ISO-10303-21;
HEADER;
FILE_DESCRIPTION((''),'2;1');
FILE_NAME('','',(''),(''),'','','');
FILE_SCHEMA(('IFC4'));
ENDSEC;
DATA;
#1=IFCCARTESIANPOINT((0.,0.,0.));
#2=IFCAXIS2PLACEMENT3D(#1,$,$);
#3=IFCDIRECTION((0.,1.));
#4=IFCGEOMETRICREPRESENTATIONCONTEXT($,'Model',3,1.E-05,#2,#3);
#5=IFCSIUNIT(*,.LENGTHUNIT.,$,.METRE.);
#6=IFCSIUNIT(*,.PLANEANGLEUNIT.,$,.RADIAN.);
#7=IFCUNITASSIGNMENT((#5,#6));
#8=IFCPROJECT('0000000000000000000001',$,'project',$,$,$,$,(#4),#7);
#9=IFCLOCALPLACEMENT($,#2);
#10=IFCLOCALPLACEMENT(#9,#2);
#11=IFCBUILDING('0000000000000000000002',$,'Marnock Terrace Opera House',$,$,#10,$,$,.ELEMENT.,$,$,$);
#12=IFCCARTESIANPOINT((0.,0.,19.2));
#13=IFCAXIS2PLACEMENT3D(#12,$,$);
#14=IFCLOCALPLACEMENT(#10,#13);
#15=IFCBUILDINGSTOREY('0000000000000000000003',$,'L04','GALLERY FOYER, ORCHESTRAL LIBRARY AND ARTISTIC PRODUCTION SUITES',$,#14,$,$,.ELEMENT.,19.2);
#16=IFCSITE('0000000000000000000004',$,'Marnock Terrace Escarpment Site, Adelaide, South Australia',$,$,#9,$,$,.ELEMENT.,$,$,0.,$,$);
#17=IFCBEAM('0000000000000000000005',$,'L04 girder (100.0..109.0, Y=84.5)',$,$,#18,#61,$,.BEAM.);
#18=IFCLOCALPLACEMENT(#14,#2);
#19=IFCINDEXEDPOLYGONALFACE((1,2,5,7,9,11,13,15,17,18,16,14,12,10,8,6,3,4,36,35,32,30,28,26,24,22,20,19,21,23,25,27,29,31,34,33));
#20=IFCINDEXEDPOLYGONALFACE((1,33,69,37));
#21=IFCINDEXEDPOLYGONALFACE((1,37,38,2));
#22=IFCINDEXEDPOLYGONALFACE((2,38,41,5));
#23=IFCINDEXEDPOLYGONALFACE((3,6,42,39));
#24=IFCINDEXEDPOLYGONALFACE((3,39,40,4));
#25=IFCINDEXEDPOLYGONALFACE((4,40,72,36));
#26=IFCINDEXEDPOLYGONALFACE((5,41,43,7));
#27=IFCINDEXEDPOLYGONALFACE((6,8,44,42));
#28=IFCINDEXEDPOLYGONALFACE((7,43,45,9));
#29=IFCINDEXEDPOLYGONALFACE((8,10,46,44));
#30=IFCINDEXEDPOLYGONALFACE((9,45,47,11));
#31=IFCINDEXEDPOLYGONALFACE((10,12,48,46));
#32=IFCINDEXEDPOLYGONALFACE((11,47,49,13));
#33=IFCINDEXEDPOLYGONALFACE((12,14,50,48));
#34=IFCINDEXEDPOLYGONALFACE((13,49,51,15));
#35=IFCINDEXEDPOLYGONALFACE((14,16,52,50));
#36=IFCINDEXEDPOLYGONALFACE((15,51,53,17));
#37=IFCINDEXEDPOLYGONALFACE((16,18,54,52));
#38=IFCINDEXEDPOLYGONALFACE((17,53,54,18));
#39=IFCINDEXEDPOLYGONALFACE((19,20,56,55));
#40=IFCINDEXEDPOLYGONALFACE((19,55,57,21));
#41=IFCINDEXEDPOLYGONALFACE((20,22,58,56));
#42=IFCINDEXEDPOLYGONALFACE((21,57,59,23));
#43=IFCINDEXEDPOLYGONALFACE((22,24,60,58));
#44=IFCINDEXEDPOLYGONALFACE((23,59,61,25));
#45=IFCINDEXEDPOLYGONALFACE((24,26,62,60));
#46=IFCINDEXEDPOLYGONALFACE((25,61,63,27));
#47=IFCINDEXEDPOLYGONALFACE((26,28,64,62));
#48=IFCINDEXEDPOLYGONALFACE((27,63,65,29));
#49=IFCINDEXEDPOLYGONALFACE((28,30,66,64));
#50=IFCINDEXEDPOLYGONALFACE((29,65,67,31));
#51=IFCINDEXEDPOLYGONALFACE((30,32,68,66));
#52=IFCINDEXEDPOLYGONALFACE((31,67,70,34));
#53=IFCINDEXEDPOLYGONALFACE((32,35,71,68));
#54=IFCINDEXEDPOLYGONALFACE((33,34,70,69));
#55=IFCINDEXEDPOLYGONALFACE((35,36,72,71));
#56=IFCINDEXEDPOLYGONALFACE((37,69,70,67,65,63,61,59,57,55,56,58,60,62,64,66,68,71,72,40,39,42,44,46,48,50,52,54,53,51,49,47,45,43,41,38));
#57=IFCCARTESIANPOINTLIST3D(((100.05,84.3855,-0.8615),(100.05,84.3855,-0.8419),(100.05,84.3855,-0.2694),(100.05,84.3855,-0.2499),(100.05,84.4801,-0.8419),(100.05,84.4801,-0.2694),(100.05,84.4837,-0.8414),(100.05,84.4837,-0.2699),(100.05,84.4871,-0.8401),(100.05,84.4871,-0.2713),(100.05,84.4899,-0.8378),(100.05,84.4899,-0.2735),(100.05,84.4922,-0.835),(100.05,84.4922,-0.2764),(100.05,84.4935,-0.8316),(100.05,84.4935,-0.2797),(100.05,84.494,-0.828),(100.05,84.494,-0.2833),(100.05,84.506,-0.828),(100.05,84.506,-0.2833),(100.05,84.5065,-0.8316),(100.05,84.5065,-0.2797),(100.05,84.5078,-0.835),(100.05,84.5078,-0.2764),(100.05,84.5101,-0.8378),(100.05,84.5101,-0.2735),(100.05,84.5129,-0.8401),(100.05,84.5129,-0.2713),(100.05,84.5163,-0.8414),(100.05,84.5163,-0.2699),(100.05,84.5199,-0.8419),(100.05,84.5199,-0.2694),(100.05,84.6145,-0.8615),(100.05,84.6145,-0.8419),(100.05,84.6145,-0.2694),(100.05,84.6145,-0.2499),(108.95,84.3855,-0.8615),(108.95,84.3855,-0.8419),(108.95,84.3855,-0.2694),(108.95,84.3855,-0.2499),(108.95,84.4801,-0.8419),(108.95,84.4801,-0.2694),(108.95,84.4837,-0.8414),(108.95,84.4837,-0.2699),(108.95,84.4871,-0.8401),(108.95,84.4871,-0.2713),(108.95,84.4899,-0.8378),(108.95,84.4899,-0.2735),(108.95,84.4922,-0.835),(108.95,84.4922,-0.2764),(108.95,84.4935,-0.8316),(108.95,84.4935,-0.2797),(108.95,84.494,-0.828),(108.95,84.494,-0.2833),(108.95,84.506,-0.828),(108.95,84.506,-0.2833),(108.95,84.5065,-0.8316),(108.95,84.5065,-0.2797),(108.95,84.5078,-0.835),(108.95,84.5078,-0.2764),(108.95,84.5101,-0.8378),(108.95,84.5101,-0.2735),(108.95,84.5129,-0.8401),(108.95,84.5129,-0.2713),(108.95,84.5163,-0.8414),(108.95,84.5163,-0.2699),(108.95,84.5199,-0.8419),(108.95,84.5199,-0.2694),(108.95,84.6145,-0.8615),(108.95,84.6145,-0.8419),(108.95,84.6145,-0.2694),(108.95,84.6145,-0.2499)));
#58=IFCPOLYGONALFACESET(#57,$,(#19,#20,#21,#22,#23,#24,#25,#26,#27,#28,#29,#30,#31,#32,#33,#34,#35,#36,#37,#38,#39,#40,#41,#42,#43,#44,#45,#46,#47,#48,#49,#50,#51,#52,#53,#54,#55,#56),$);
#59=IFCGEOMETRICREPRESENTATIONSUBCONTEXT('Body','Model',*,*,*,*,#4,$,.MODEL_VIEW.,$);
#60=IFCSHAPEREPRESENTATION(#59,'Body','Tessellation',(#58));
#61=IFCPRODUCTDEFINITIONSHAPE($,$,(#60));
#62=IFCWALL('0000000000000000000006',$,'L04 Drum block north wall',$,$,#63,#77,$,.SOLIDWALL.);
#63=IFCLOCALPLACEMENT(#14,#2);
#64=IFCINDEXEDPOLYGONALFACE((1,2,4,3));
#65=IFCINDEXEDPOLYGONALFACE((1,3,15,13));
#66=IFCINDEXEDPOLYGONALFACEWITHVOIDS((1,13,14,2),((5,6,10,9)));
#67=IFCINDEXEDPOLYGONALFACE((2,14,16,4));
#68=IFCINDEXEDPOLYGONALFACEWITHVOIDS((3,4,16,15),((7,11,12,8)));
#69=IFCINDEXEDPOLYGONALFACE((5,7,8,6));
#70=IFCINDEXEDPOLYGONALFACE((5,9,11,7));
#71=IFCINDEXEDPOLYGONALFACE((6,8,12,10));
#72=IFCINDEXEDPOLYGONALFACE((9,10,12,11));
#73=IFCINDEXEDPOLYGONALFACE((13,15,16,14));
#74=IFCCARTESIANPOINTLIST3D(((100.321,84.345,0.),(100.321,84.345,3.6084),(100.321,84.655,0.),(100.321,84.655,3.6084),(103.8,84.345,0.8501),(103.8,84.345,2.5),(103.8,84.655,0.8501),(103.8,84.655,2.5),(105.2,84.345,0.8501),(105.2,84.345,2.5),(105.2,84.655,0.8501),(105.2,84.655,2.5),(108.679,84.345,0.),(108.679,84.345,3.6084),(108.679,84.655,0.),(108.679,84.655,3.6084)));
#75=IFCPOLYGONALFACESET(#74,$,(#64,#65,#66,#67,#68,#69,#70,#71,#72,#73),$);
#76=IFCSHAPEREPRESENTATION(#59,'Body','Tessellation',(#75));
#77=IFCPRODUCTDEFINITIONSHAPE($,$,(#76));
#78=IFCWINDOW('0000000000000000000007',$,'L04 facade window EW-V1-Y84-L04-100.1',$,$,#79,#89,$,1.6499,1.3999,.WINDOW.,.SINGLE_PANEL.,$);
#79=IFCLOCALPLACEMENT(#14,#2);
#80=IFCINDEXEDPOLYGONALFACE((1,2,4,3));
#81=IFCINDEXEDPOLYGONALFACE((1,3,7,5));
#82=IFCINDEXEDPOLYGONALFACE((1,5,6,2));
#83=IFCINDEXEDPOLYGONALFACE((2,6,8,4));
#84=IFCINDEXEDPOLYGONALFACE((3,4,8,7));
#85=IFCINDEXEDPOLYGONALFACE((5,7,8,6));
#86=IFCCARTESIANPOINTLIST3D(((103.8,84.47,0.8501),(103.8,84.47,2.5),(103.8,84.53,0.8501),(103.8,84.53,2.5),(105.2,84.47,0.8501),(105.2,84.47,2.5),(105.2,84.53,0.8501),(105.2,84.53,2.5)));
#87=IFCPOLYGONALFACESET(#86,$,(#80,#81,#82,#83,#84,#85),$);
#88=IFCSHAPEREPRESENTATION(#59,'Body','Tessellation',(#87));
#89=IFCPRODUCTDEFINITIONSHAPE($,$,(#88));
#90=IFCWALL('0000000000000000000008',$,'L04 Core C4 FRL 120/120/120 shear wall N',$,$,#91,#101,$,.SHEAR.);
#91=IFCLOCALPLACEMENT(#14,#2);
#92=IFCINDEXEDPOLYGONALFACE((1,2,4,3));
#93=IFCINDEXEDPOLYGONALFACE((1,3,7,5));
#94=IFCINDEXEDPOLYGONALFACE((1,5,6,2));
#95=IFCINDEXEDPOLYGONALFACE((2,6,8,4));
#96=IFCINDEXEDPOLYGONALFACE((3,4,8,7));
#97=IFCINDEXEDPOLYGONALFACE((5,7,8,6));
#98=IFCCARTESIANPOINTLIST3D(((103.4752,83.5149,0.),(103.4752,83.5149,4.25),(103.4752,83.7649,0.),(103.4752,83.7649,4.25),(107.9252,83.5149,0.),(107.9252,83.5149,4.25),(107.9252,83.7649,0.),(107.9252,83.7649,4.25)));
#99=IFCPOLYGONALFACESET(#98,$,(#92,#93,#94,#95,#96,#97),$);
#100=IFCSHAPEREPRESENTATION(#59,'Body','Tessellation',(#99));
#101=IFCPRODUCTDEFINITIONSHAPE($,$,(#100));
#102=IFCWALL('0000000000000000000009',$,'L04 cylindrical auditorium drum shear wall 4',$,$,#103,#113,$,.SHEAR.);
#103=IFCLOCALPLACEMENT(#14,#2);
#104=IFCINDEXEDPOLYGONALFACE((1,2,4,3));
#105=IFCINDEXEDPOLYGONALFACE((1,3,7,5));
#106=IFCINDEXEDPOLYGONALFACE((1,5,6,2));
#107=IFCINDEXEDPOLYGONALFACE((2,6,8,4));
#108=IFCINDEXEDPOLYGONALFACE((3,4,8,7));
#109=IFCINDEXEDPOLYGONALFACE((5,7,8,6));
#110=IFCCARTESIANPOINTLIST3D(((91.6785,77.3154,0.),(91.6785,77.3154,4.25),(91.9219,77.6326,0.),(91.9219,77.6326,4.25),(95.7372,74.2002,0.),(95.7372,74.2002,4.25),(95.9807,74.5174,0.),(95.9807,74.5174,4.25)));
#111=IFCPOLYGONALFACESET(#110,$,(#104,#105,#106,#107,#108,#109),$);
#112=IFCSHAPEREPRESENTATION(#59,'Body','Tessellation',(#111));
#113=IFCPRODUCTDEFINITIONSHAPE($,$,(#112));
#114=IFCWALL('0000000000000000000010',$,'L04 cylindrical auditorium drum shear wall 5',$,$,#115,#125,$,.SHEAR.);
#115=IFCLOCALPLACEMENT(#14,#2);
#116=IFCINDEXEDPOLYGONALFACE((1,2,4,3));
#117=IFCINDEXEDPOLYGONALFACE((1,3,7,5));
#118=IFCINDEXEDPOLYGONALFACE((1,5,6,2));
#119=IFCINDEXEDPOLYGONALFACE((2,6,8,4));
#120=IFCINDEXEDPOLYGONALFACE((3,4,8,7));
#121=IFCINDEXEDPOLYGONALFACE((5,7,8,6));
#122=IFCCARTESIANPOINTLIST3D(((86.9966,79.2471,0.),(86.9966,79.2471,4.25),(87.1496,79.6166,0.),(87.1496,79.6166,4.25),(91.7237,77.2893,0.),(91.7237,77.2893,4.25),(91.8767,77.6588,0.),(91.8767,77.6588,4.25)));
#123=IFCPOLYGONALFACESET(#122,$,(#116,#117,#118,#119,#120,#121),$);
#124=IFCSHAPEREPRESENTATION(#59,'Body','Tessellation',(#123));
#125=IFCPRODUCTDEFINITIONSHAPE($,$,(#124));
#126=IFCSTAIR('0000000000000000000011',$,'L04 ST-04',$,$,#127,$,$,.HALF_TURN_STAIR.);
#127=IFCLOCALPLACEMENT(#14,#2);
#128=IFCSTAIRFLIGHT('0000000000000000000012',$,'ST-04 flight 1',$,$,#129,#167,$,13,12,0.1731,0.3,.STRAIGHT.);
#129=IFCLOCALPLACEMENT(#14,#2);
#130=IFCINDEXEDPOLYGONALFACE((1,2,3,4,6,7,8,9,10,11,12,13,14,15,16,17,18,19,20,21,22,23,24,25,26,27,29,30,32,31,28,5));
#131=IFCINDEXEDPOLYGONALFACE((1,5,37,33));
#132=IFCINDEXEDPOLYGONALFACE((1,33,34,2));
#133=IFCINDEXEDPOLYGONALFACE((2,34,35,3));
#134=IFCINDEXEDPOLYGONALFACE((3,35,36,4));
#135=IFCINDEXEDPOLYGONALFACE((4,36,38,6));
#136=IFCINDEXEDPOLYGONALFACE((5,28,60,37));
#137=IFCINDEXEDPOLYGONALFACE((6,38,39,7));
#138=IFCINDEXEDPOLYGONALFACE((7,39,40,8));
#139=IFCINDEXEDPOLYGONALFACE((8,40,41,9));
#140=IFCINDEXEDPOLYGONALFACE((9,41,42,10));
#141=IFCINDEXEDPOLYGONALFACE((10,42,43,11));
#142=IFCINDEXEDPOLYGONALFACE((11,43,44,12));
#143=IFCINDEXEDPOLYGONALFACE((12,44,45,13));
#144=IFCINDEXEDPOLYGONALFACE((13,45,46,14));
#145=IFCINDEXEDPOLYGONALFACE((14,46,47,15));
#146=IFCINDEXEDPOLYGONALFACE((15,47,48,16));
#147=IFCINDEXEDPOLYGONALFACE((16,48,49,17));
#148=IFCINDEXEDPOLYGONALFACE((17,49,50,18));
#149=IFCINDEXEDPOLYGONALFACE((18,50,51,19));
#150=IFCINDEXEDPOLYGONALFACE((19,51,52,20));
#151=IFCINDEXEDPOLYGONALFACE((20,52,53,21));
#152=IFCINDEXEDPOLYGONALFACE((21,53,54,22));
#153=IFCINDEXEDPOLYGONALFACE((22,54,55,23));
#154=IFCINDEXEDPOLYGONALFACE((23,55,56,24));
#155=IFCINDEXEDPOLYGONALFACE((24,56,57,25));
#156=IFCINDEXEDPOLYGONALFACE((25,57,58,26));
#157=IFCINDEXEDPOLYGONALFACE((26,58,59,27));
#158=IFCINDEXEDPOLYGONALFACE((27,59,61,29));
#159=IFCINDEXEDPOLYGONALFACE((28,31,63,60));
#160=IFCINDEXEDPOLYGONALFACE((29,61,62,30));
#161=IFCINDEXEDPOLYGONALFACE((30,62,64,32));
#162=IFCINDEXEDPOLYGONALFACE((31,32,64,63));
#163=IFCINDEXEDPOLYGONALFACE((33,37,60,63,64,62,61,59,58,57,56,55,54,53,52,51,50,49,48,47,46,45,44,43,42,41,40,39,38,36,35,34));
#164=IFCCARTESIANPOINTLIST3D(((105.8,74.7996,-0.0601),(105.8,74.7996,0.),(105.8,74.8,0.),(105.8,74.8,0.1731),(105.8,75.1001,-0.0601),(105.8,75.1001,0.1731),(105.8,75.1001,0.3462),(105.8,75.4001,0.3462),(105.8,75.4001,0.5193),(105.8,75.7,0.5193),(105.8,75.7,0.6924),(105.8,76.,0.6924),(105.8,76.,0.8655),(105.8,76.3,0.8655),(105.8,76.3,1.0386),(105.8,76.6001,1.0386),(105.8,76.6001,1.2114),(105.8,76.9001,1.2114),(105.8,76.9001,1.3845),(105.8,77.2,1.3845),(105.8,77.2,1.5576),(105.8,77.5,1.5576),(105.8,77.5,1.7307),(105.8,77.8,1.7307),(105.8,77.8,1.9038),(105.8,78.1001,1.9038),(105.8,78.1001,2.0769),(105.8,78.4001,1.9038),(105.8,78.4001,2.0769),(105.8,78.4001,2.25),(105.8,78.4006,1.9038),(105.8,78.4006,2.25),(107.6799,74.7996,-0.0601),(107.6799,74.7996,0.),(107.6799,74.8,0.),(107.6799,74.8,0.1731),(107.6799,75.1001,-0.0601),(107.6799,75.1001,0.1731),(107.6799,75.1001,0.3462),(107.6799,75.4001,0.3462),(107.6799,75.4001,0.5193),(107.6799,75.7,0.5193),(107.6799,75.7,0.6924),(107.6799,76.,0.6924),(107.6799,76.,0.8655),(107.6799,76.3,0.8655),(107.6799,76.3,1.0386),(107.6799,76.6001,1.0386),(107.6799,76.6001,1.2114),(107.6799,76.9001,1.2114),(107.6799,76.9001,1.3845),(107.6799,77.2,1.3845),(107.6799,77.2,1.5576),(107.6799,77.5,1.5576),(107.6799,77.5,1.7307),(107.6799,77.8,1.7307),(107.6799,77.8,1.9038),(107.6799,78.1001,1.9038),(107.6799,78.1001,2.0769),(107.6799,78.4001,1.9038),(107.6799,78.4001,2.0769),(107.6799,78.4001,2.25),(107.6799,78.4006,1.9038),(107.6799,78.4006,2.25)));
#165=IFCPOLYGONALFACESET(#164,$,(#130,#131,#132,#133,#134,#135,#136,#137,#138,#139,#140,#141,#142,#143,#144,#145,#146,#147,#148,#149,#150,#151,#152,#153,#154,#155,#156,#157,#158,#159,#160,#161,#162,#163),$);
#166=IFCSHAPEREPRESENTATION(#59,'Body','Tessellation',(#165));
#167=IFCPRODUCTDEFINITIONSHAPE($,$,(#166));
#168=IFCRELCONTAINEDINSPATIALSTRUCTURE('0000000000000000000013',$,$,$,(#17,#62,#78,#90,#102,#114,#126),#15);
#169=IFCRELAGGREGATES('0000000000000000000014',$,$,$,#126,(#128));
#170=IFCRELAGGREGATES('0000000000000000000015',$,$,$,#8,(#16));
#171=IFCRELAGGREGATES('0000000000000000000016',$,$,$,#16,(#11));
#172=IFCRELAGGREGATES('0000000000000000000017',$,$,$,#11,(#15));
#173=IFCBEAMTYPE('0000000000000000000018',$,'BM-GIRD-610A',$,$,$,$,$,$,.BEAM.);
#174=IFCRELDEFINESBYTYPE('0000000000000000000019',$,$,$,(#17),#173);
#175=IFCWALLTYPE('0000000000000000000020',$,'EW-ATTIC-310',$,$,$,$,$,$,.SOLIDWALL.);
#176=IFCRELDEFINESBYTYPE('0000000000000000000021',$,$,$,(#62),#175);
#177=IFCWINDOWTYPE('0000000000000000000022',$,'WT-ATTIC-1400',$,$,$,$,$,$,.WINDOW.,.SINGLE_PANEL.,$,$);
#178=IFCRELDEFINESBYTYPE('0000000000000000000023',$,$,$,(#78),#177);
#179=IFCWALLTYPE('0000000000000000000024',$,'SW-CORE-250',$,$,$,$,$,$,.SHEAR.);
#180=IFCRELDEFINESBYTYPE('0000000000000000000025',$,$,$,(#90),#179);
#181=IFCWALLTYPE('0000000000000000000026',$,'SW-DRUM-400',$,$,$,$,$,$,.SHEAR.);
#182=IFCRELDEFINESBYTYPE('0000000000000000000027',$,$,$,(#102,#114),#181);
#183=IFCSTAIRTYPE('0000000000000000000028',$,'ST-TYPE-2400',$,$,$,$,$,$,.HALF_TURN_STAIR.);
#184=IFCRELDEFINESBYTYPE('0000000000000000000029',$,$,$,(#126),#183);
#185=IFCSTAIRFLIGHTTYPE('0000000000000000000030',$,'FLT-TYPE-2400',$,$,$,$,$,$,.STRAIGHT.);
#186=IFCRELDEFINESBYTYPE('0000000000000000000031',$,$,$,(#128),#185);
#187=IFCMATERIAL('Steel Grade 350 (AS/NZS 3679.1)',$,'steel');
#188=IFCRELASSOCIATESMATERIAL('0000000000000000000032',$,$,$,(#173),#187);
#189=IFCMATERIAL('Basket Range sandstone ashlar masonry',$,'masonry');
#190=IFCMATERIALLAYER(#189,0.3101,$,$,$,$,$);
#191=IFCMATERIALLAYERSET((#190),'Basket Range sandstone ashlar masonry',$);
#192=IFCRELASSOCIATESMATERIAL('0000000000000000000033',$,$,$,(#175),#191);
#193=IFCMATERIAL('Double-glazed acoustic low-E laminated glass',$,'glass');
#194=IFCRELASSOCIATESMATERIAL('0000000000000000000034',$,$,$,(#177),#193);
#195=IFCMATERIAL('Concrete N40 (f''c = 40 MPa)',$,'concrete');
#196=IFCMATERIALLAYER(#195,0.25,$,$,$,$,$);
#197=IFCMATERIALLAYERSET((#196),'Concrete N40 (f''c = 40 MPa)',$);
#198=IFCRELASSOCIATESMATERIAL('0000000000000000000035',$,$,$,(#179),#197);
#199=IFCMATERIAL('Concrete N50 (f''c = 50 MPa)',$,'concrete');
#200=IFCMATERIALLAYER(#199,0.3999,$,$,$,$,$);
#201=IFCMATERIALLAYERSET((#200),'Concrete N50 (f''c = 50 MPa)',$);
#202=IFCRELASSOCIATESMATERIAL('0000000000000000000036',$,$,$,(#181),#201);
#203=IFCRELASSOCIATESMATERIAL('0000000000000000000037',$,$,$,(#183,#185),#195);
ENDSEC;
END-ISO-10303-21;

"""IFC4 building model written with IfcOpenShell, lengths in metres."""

from ifc_helpers import new_model, si_unit, direction, frame, frame_2d, origin, origin_2d, place, context, subcontext, project, spatial, polyline, rectangle, i_section, outline, extrude, material, layer, layer_set, material_profile, profile_set, type_object, element, fill, aggregate, save


model = new_model("IFC4")

# Units and contexts
model_context = context("Model", 3, precision=1e-05, world=origin(), true_north=direction((0.0, 1.0)))
body_context = subcontext(model_context, "Body", "Model", "MODEL_VIEW")
ifc_project = project(units=[si_unit("LENGTHUNIT", "METRE"), si_unit("PLANEANGLEUNIT", "RADIAN")], contexts=[model_context])

# Site, building, storey
site_placement = place(None, origin())
site = spatial("IfcSite", under=ifc_project, at=site_placement, Name="Marnock Terrace Escarpment Site, Adelaide, South Australia", CompositionType="ELEMENT", RefElevation=0.0)
building_placement = place(site_placement, origin())
building = spatial("IfcBuilding", under=site, at=building_placement, Name="Marnock Terrace Opera House", CompositionType="ELEMENT")
storey_placement = place(building_placement, frame((0.0, 0.0, 19.2)))
storey = spatial("IfcBuildingStorey", under=building, at=storey_placement, Name="L04", Description="GALLERY FOYER, ORCHESTRAL LIBRARY AND ARTISTIC PRODUCTION SUITES", CompositionType="ELEMENT", Elevation=19.2)

# Shared definitions
ifc_material_1 = material(Name="Concrete N50 (f'c = 50 MPa)", Category="concrete")
ifc_material_2 = material(Name="Concrete N40 (f'c = 40 MPa)", Category="concrete")

# Beam
ifc_material_3 = material(Name="Steel Grade 350 (AS/NZS 3679.1)", Category="steel")
ifc_material_profile_1 = material_profile(ifc_material_3, i_section(OverallWidth=0.229, OverallDepth=0.6116, WebThickness=0.012, FlangeThickness=0.0195, FilletRadius=0.0139, at=origin_2d()))
ifc_profile_set_1 = profile_set([ifc_material_profile_1], Name="Steel Grade 350 (AS/NZS 3679.1)")
beam_type_1 = type_object("IfcBeamType", Name="BM-GIRD-610A", PredefinedType="BEAM", material=ifc_profile_set_1)
beam_1_placement = place(storey_placement, frame((100.05, 84.5, -0.5557), z_axis=(1.0, 0.0, 0.0), x_axis=(0.0, 1.0, 0.0)))
element("IfcBeam", 1, at=beam_1_placement, inside=storey, type_object=beam_type_1, Name="L04 girder (100.0..109.0, Y=84.5)", PredefinedType="BEAM", context=body_context, shape_type="SweptSolid", body=[
    extrude(i_section(OverallWidth=0.229, OverallDepth=0.6116, WebThickness=0.012, FlangeThickness=0.0195, FilletRadius=0.0139, at=origin_2d()), origin(), (0.0, 0.0, 1.0), 8.8999),
])

# Wall, opening, window
ifc_material_4 = material(Name="Basket Range sandstone ashlar masonry", Category="masonry")
ifc_layer_1 = layer(ifc_material_4, 0.3101)
ifc_layer_set_1 = layer_set([ifc_layer_1], Name="Basket Range sandstone ashlar masonry")
wall_type_1 = type_object("IfcWallType", Name="EW-ATTIC-310", PredefinedType="SOLIDWALL", material=ifc_layer_set_1)
wall_1_placement = place(storey_placement, frame((100.321, 84.5, 0.0), z_axis=(0.0, 0.0, 1.0), x_axis=(1.0, 0.0, 0.0)))
wall_1 = element("IfcWall", 2, at=wall_1_placement, inside=storey, type_object=wall_type_1, Name="L04 Drum block north wall", PredefinedType="SOLIDWALL", context=body_context, shape_type="SweptSolid", body=[
    extrude(rectangle(XDim=8.3579, YDim=0.3101, at=frame_2d((4.179, 0.0))), origin(), (0.0, 0.0, 1.0), 3.6084),
])
opening_placement = place(wall_1_placement, frame((3.479, 0.0, 0.8501)))
opening = element("IfcOpeningElement", 3, at=opening_placement, cuts=wall_1, PredefinedType="OPENING", context=body_context, shape_type="SweptSolid", body=[
    extrude(rectangle(XDim=1.3999, YDim=1.6499, at=frame_2d((0.7, 0.825))), frame((0.0, 0.165, 0.0), z_axis=(0.0, -1.0, 0.0), x_axis=(1.0, 0.0, 0.0)), (0.0, 0.0, 1.0), 0.3301),
])
ifc_material_5 = material(Name="Double-glazed acoustic low-E laminated glass", Category="glass")
window_type = type_object("IfcWindowType", Name="WT-ATTIC-1400", PartitioningType="SINGLE_PANEL", PredefinedType="WINDOW", material=ifc_material_5)
window_placement = place(opening_placement, origin())
window = element("IfcWindow", 4, at=window_placement, inside=storey, type_object=window_type, Name="L04 facade window EW-V1-Y84-L04-100.1", OverallHeight=1.6499, OverallWidth=1.3999, PartitioningType="SINGLE_PANEL", PredefinedType="WINDOW", context=body_context, shape_type="SweptSolid", body=[
    extrude(rectangle(XDim=1.3999, YDim=1.6499, at=frame_2d((0.7, 0.825))), frame((0.0, 0.03, 0.0), z_axis=(0.0, -1.0, 0.0), x_axis=(1.0, 0.0, 0.0)), (0.0, 0.0, 1.0), 0.0601),
])
fill(opening, window)

# Walls
ifc_layer_2 = layer(ifc_material_2, 0.25)
ifc_layer_set_2 = layer_set([ifc_layer_2], Name="Concrete N40 (f'c = 40 MPa)")
wall_type_2 = type_object("IfcWallType", Name="SW-CORE-250", PredefinedType="SHEAR", material=ifc_layer_set_2)
wall_2_placement = place(storey_placement, frame((103.4751, 83.6399, 0.0), z_axis=(0.0, 0.0, 1.0), x_axis=(1.0, 0.0, 0.0)))
element("IfcWall", 5, at=wall_2_placement, inside=storey, type_object=wall_type_2, Name="L04 Core C4 FRL 120/120/120 shear wall N", PredefinedType="SHEAR", context=body_context, shape_type="SweptSolid", body=[
    extrude(rectangle(XDim=4.45, YDim=0.25, at=frame_2d((2.2251, 0.0))), origin(), (0.0, 0.0, 1.0), 4.25),
])
ifc_layer_3 = layer(ifc_material_1, 0.3999)
ifc_layer_set_3 = layer_set([ifc_layer_3], Name="Concrete N50 (f'c = 50 MPa)")
wall_type_3 = type_object("IfcWallType", Name="SW-DRUM-400", PredefinedType="SHEAR", material=ifc_layer_set_3)
for number, where, z_axis, x_axis, name in (
    (6, (95.8589, 74.3589, 0.0), (0.0, 0.0, 1.0), (-0.79328, 0.608857, 0.0), "L04 cylindrical auditorium drum shear wall 4"),
    (7, (91.8, 77.4741, 0.0), (0.0, 0.0, 1.0), (-0.923896, 0.382643, 0.0), "L04 cylindrical auditorium drum shear wall 5"),
):
    element("IfcWall", number, at=place(storey_placement, frame(where, z_axis=z_axis, x_axis=x_axis)), inside=storey, type_object=wall_type_3, Name=name, PredefinedType="SHEAR", context=body_context, shape_type="SweptSolid", body=[
        extrude(rectangle(XDim=5.1165, YDim=0.3999, at=frame_2d((2.5581, 0.0))), origin(), (0.0, 0.0, 1.0), 4.25),
    ])

# Stair, stair flight
stair_type = type_object("IfcStairType", Name="ST-TYPE-2400", PredefinedType="HALF_TURN_STAIR", material=ifc_material_2)
stair_placement = place(storey_placement, origin())
stair = element("IfcStair", 8, at=stair_placement, inside=storey, type_object=stair_type, Name="L04 ST-04", PredefinedType="HALF_TURN_STAIR")
stair_flight_type = type_object("IfcStairFlightType", Name="FLT-TYPE-2400", PredefinedType="STRAIGHT", material=ifc_material_2)
stair_flight_1_placement = place(storey_placement, frame((106.74, 74.8, 0.0), z_axis=(0.0, 0.0, 1.0), x_axis=(0.0, 1.0, 0.0)))
stair_flight_1 = element("IfcStairFlight", 9, at=stair_flight_1_placement, type_object=stair_flight_type, Name="ST-04 flight 1", NumberOfRisers=13, NumberOfTreads=12, PredefinedType="STRAIGHT", RiserHeight=0.1731, TreadLength=0.3, context=body_context, shape_type="SweptSolid", body=[
    extrude(outline(polyline([(-0.0005, -0.0601), (-0.0005, 0.0), (0.0, 0.0), (0.0, 0.1731), (0.3, 0.1731), (0.3, 0.3462), (0.6001, 0.3462), (0.6001, 0.5193), (0.8999, 0.5193), (0.8999, 0.6924), (1.2, 0.6924), (1.2, 0.8655), (1.5, 0.8655), (1.5, 1.0386), (1.8, 1.0386), (1.8, 1.2114), (2.1001, 1.2114), (2.1001, 1.3845), (2.3999, 1.3845), (2.3999, 1.5576), (2.7, 1.5576), (2.7, 1.7307), (3.0, 1.7307), (3.0, 1.9038), (3.3, 1.9038), (3.3, 2.0769), (3.6001, 2.0769), (3.6001, 2.25), (3.6006, 2.25), (3.6006, 1.9038), (3.6001, 1.9038), (0.3, -0.0601), (-0.0005, -0.0601)])), frame((0.0, 0.9399, 0.0), z_axis=(0.0, -1.0, 0.0), x_axis=(1.0, 0.0, 0.0)), (0.0, 0.0, 1.0), 1.8799),
])
aggregate(stair, [stair_flight_1])

save(model, "model.ifc")
